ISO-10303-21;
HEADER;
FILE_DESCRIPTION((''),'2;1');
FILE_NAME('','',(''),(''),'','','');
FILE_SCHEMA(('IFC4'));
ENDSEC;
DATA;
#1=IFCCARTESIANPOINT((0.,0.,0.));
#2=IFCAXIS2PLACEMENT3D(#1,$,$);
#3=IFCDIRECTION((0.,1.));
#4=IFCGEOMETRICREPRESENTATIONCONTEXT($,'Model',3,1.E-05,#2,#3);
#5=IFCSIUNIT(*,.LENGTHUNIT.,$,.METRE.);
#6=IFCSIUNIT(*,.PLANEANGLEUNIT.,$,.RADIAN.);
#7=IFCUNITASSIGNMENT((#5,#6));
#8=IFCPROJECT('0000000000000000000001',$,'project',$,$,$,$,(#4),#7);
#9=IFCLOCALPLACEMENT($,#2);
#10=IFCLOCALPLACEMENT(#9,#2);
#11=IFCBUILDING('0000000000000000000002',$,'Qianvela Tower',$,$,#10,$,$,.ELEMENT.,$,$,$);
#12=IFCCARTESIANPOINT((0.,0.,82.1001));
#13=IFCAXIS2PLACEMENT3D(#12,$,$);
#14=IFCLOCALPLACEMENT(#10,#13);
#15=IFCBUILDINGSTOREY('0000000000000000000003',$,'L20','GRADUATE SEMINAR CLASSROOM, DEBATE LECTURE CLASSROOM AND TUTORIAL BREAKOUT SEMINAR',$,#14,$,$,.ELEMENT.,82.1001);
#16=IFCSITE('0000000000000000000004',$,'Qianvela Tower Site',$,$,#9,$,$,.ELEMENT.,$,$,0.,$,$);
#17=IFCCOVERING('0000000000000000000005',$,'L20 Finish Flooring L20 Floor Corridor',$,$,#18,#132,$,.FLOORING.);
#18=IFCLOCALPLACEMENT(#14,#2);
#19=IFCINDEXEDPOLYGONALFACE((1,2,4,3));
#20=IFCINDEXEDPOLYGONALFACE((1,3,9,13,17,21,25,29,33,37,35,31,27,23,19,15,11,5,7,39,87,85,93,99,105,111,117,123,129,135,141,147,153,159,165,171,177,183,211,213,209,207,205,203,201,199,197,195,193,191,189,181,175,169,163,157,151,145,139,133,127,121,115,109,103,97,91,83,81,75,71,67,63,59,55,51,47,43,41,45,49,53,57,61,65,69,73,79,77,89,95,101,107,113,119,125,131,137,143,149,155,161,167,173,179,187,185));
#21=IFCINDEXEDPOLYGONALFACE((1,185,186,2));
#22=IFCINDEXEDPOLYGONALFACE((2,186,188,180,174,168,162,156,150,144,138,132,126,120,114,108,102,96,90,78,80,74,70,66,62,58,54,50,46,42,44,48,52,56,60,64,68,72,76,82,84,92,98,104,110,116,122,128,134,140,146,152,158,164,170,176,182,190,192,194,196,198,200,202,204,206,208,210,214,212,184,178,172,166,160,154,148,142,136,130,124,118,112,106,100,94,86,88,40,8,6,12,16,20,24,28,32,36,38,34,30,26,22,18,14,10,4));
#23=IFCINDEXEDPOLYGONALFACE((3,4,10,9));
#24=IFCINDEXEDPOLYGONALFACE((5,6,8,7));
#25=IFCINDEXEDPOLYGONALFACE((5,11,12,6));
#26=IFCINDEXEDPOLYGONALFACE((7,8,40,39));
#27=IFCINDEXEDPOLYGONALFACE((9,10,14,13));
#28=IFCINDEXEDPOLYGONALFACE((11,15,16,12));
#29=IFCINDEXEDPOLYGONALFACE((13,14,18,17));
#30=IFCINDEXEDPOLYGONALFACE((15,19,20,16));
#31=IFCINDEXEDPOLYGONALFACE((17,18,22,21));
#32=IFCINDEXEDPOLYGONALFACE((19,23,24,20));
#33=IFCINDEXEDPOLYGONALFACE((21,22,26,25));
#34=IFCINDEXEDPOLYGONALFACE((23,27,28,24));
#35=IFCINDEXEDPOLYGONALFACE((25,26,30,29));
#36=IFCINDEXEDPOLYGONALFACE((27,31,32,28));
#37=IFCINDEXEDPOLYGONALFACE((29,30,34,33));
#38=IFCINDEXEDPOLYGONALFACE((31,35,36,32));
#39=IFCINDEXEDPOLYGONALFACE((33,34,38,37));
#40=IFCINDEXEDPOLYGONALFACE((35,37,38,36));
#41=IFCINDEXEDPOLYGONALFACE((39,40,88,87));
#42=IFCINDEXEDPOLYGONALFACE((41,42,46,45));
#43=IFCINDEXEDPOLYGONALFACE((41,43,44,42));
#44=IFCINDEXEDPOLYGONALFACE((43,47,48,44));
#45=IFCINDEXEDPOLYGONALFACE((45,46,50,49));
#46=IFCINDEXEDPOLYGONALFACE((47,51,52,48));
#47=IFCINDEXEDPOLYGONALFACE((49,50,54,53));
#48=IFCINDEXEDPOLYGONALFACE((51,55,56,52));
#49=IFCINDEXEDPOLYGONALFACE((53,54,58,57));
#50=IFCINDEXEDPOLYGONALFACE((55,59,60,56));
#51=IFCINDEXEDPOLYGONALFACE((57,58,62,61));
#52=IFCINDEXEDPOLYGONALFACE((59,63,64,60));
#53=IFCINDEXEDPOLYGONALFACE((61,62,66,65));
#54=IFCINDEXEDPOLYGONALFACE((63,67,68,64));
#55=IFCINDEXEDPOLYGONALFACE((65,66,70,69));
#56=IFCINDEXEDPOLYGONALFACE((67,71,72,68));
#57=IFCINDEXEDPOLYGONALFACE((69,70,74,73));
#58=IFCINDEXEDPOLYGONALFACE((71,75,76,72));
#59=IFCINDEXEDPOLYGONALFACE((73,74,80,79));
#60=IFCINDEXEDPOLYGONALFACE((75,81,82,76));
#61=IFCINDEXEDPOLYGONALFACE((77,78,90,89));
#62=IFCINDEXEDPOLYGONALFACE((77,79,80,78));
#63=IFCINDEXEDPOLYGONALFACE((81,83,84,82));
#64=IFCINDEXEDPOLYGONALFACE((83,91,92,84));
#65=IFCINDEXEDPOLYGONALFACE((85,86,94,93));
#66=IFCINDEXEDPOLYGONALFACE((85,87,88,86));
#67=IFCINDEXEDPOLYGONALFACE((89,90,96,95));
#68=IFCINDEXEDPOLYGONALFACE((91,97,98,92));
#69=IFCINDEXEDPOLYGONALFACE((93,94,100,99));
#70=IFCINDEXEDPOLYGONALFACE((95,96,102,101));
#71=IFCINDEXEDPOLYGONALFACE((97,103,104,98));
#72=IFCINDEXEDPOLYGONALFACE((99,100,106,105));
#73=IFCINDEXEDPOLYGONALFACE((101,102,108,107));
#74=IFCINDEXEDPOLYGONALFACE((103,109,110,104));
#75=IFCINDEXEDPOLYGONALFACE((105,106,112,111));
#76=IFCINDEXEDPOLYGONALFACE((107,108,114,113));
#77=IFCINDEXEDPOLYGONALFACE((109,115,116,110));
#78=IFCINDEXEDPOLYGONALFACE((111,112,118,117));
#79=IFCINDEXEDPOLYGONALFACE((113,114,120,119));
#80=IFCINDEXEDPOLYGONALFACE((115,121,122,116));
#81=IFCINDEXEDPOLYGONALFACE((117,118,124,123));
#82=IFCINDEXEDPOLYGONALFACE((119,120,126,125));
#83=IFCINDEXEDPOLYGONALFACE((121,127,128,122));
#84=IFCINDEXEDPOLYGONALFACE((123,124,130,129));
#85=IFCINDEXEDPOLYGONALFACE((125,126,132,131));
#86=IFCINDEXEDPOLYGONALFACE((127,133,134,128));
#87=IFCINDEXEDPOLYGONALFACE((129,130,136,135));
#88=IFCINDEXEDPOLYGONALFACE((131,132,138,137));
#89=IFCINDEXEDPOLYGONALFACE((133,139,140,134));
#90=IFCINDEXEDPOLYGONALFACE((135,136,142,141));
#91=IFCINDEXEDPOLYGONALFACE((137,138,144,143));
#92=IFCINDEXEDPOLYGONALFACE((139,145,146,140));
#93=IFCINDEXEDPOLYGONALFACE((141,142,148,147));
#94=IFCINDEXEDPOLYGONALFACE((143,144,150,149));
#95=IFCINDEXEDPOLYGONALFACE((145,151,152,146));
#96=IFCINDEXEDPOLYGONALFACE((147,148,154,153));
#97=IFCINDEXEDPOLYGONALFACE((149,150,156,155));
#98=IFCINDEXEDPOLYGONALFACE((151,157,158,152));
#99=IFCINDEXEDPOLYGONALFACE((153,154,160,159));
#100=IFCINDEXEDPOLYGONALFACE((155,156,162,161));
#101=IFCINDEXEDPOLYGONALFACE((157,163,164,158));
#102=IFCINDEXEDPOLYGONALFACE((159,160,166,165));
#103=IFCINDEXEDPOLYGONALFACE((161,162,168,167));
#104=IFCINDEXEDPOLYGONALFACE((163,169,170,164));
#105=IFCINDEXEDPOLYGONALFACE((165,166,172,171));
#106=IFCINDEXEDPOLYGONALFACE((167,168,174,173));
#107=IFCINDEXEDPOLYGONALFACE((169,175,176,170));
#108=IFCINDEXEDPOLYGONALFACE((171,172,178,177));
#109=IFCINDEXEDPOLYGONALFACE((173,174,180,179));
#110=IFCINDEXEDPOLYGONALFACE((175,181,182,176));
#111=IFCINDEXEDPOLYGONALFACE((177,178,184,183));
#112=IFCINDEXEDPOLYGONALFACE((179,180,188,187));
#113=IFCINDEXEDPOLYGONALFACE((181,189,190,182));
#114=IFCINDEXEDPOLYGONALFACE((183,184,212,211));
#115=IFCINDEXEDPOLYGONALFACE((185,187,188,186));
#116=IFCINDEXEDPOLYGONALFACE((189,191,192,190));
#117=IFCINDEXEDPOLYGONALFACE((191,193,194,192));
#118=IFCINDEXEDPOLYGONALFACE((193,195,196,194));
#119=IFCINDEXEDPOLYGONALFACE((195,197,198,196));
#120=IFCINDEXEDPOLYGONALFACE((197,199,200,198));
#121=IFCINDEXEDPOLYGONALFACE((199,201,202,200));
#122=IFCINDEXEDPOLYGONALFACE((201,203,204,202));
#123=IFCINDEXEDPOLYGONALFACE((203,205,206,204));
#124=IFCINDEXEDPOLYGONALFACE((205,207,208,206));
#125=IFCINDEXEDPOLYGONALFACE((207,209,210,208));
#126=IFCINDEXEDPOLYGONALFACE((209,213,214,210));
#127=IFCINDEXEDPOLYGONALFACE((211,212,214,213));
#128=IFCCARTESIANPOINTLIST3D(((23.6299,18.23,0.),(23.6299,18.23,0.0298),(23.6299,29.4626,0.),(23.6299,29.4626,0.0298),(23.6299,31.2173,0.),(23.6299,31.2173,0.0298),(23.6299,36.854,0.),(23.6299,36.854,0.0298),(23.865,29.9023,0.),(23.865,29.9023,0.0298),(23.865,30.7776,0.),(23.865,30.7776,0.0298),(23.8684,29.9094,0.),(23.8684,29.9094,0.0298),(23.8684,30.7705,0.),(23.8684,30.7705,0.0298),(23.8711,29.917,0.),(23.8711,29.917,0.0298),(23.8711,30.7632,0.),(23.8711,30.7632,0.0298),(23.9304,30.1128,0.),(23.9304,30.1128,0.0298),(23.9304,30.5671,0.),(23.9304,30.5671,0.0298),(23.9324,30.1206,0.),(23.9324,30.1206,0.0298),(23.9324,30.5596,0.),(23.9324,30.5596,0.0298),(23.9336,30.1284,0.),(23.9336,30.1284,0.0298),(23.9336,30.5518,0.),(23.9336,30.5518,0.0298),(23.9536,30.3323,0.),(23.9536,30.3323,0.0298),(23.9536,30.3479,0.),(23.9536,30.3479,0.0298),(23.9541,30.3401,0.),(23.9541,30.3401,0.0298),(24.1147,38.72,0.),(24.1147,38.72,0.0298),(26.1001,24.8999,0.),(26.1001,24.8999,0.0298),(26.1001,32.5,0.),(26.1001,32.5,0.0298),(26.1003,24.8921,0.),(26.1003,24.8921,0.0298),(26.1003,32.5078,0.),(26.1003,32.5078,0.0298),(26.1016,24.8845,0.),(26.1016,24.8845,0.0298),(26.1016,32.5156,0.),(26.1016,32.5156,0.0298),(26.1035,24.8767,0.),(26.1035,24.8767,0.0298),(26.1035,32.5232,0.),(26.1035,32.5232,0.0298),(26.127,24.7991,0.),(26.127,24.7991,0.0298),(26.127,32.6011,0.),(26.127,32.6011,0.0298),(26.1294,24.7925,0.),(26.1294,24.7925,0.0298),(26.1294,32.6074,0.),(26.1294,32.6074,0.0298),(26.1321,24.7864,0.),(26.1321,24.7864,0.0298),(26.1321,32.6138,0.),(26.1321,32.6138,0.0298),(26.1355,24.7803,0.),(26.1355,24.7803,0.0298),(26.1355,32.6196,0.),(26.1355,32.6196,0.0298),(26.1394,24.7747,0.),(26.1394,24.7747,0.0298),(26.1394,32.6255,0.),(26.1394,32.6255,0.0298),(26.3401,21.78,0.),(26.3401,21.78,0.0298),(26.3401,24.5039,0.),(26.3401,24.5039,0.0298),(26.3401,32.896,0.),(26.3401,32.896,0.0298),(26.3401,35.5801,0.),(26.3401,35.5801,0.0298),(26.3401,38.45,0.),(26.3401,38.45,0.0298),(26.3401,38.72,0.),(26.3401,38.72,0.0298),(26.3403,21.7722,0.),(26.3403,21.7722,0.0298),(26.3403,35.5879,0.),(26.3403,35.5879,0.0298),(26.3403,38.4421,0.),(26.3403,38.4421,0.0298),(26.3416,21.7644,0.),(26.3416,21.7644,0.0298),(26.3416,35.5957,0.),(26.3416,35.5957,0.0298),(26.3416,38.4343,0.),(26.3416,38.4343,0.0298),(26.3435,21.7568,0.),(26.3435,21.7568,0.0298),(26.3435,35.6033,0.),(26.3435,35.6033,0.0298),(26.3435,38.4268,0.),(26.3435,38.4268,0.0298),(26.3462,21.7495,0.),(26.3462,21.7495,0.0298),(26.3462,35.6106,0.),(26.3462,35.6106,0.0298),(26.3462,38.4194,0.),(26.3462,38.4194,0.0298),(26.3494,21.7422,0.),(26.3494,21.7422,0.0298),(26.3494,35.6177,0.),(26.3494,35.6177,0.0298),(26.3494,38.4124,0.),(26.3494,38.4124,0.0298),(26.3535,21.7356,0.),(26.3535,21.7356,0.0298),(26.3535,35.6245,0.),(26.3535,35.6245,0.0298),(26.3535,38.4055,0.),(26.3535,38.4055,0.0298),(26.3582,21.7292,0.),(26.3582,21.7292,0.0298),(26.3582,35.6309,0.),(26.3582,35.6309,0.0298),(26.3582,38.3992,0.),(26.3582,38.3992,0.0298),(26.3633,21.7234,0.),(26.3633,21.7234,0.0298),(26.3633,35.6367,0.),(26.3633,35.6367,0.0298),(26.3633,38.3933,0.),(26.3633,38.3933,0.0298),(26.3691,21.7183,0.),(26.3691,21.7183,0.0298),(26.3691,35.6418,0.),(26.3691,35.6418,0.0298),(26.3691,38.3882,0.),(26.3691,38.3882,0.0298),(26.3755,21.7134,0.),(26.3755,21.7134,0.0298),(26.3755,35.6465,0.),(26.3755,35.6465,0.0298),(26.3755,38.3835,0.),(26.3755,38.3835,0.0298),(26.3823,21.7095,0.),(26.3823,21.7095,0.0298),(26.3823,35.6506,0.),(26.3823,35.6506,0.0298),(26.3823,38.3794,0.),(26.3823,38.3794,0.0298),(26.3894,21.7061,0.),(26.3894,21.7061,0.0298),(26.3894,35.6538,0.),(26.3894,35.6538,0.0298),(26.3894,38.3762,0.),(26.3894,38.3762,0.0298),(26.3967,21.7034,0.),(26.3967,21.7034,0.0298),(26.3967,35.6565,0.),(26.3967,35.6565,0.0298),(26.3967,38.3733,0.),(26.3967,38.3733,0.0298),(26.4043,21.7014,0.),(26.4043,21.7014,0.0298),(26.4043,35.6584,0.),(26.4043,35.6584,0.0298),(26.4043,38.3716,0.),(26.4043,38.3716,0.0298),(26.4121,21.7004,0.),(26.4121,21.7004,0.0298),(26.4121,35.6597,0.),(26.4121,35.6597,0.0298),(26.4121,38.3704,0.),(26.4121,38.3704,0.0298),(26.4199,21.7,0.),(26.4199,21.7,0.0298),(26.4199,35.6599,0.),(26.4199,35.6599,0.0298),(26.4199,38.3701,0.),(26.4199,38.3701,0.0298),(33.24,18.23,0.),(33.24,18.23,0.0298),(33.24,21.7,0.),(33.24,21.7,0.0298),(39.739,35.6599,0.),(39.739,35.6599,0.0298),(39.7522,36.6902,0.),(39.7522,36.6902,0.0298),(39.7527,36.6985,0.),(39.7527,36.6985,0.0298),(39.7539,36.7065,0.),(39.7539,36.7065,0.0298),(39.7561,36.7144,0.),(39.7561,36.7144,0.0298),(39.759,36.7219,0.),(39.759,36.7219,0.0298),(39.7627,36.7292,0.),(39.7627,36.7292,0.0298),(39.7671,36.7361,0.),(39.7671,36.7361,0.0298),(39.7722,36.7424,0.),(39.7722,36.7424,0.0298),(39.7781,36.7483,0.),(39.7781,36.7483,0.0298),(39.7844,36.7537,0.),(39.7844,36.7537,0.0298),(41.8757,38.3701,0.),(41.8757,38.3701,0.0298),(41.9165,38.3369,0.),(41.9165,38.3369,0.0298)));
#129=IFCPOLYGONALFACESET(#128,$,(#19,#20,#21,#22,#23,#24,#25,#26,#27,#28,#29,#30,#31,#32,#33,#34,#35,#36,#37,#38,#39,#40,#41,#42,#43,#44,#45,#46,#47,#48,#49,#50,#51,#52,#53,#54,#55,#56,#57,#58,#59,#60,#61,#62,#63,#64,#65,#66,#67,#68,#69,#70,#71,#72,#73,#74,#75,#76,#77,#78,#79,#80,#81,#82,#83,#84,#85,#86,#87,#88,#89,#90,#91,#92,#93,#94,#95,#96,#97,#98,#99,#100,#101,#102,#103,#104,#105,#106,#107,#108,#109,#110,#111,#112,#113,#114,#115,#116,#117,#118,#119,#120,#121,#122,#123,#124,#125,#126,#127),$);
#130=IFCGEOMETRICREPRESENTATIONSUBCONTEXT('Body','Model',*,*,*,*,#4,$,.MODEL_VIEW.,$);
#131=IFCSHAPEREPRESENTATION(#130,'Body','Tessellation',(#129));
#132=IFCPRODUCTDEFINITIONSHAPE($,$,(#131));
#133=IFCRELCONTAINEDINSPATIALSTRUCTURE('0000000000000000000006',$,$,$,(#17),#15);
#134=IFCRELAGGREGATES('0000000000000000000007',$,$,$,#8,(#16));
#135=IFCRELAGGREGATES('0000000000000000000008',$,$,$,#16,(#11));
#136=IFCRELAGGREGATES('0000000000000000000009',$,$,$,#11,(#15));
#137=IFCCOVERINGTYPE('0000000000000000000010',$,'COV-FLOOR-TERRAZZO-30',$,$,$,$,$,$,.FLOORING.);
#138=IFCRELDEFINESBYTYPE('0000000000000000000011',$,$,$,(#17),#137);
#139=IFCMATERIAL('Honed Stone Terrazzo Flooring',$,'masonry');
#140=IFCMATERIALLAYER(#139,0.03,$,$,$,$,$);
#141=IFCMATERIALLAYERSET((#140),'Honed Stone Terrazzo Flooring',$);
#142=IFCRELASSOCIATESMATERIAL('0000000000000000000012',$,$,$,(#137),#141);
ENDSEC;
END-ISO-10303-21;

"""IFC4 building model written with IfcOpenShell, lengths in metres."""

from ifc_helpers import new_model, si_unit, direction, frame, origin, place, context, subcontext, project, spatial, polyline, outline, extrude, material, layer, layer_set, type_object, element, save


model = new_model("IFC4")

# Units and contexts
model_context = context("Model", 3, precision=1e-05, world=origin(), true_north=direction((0.0, 1.0)))
body_context = subcontext(model_context, "Body", "Model", "MODEL_VIEW")
ifc_project = project(units=[si_unit("LENGTHUNIT", "METRE"), si_unit("PLANEANGLEUNIT", "RADIAN")], contexts=[model_context])

# Site, building, storey
site_placement = place(None, origin())
site = spatial("IfcSite", under=ifc_project, at=site_placement, Name="Qianvela Tower Site", CompositionType="ELEMENT", RefElevation=0.0)
building_placement = place(site_placement, origin())
building = spatial("IfcBuilding", under=site, at=building_placement, Name="Qianvela Tower", CompositionType="ELEMENT")
storey_placement = place(building_placement, frame((0.0, 0.0, 82.1001)))
storey = spatial("IfcBuildingStorey", under=building, at=storey_placement, Name="L20", Description="GRADUATE SEMINAR CLASSROOM, DEBATE LECTURE CLASSROOM AND TUTORIAL BREAKOUT SEMINAR", CompositionType="ELEMENT", Elevation=82.1001)

# Covering
ifc_material_1 = material(Name="Honed Stone Terrazzo Flooring", Category="masonry")
ifc_layer_1 = layer(ifc_material_1, 0.03)
ifc_layer_set_1 = layer_set([ifc_layer_1], Name="Honed Stone Terrazzo Flooring")
covering_type_1 = type_object("IfcCoveringType", Name="COV-FLOOR-TERRAZZO-30", PredefinedType="FLOORING", material=ifc_layer_set_1)
covering_1_placement = place(storey_placement, origin())
element("IfcCovering", 1, at=covering_1_placement, inside=storey, type_object=covering_type_1, Name="L20 Finish Flooring L20 Floor Corridor", PredefinedType="FLOORING", context=body_context, shape_type="SweptSolid", body=[
    extrude(outline(polyline([(23.8711, 30.7632), (23.8684, 30.7705), (23.865, 30.7776), (23.6299, 31.2173), (23.6299, 36.854), (24.1147, 38.72), (26.3401, 38.72), (26.3401, 38.45), (26.3403, 38.4421), (26.3416, 38.4343), (26.3435, 38.4268), (26.3462, 38.4194), (26.3494, 38.4124), (26.3535, 38.4055), (26.3582, 38.3992), (26.3633, 38.3933), (26.3691, 38.3882), (26.3755, 38.3835), (26.3823, 38.3794), (26.3894, 38.3762), (26.3967, 38.3733), (26.4043, 38.3716), (26.4121, 38.3704), (26.4199, 38.3701), (41.8757, 38.3701), (41.9165, 38.3369), (39.7844, 36.7537), (39.7781, 36.7483), (39.7722, 36.7424), (39.7671, 36.7361), (39.7627, 36.7292), (39.759, 36.7219), (39.7561, 36.7144), (39.7539, 36.7065), (39.7527, 36.6985), (39.7522, 36.6902), (39.739, 35.6599), (26.4199, 35.6599), (26.4121, 35.6597), (26.4043, 35.6584), (26.3967, 35.6565), (26.3894, 35.6538), (26.3823, 35.6506), (26.3755, 35.6465), (26.3691, 35.6418), (26.3633, 35.6367), (26.3582, 35.6309), (26.3535, 35.6245), (26.3494, 35.6177), (26.3462, 35.6106), (26.3435, 35.6033), (26.3416, 35.5957), (26.3403, 35.5879), (26.3401, 35.5801), (26.3401, 32.896), (26.1394, 32.6255), (26.1355, 32.6196), (26.1321, 32.6138), (26.1294, 32.6074), (26.127, 32.6011), (26.1035, 32.5232), (26.1016, 32.5156), (26.1003, 32.5078), (26.1001, 32.5), (26.1001, 24.8999), (26.1003, 24.8921), (26.1016, 24.8845), (26.1035, 24.8767), (26.127, 24.7991), (26.1294, 24.7925), (26.1321, 24.7864), (26.1355, 24.7803), (26.1394, 24.7747), (26.3401, 24.5039), (26.3401, 21.78), (26.3403, 21.7722), (26.3416, 21.7644), (26.3435, 21.7568), (26.3462, 21.7495), (26.3494, 21.7422), (26.3535, 21.7356), (26.3582, 21.7292), (26.3633, 21.7234), (26.3691, 21.7183), (26.3755, 21.7134), (26.3823, 21.7095), (26.3894, 21.7061), (26.3967, 21.7034), (26.4043, 21.7014), (26.4121, 21.7004), (26.4199, 21.7), (33.24, 21.7), (33.24, 18.23), (23.6299, 18.23), (23.6299, 29.4626), (23.865, 29.9023), (23.8684, 29.9094), (23.8711, 29.917), (23.9304, 30.1128), (23.9324, 30.1206), (23.9336, 30.1284), (23.9536, 30.3323), (23.9541, 30.3401), (23.9536, 30.3479), (23.9336, 30.5518), (23.9324, 30.5596), (23.9304, 30.5671), (23.8711, 30.7632)])), origin(), (0.0, 0.0, 1.0), 0.0298),
])

save(model, "model.ifc")
